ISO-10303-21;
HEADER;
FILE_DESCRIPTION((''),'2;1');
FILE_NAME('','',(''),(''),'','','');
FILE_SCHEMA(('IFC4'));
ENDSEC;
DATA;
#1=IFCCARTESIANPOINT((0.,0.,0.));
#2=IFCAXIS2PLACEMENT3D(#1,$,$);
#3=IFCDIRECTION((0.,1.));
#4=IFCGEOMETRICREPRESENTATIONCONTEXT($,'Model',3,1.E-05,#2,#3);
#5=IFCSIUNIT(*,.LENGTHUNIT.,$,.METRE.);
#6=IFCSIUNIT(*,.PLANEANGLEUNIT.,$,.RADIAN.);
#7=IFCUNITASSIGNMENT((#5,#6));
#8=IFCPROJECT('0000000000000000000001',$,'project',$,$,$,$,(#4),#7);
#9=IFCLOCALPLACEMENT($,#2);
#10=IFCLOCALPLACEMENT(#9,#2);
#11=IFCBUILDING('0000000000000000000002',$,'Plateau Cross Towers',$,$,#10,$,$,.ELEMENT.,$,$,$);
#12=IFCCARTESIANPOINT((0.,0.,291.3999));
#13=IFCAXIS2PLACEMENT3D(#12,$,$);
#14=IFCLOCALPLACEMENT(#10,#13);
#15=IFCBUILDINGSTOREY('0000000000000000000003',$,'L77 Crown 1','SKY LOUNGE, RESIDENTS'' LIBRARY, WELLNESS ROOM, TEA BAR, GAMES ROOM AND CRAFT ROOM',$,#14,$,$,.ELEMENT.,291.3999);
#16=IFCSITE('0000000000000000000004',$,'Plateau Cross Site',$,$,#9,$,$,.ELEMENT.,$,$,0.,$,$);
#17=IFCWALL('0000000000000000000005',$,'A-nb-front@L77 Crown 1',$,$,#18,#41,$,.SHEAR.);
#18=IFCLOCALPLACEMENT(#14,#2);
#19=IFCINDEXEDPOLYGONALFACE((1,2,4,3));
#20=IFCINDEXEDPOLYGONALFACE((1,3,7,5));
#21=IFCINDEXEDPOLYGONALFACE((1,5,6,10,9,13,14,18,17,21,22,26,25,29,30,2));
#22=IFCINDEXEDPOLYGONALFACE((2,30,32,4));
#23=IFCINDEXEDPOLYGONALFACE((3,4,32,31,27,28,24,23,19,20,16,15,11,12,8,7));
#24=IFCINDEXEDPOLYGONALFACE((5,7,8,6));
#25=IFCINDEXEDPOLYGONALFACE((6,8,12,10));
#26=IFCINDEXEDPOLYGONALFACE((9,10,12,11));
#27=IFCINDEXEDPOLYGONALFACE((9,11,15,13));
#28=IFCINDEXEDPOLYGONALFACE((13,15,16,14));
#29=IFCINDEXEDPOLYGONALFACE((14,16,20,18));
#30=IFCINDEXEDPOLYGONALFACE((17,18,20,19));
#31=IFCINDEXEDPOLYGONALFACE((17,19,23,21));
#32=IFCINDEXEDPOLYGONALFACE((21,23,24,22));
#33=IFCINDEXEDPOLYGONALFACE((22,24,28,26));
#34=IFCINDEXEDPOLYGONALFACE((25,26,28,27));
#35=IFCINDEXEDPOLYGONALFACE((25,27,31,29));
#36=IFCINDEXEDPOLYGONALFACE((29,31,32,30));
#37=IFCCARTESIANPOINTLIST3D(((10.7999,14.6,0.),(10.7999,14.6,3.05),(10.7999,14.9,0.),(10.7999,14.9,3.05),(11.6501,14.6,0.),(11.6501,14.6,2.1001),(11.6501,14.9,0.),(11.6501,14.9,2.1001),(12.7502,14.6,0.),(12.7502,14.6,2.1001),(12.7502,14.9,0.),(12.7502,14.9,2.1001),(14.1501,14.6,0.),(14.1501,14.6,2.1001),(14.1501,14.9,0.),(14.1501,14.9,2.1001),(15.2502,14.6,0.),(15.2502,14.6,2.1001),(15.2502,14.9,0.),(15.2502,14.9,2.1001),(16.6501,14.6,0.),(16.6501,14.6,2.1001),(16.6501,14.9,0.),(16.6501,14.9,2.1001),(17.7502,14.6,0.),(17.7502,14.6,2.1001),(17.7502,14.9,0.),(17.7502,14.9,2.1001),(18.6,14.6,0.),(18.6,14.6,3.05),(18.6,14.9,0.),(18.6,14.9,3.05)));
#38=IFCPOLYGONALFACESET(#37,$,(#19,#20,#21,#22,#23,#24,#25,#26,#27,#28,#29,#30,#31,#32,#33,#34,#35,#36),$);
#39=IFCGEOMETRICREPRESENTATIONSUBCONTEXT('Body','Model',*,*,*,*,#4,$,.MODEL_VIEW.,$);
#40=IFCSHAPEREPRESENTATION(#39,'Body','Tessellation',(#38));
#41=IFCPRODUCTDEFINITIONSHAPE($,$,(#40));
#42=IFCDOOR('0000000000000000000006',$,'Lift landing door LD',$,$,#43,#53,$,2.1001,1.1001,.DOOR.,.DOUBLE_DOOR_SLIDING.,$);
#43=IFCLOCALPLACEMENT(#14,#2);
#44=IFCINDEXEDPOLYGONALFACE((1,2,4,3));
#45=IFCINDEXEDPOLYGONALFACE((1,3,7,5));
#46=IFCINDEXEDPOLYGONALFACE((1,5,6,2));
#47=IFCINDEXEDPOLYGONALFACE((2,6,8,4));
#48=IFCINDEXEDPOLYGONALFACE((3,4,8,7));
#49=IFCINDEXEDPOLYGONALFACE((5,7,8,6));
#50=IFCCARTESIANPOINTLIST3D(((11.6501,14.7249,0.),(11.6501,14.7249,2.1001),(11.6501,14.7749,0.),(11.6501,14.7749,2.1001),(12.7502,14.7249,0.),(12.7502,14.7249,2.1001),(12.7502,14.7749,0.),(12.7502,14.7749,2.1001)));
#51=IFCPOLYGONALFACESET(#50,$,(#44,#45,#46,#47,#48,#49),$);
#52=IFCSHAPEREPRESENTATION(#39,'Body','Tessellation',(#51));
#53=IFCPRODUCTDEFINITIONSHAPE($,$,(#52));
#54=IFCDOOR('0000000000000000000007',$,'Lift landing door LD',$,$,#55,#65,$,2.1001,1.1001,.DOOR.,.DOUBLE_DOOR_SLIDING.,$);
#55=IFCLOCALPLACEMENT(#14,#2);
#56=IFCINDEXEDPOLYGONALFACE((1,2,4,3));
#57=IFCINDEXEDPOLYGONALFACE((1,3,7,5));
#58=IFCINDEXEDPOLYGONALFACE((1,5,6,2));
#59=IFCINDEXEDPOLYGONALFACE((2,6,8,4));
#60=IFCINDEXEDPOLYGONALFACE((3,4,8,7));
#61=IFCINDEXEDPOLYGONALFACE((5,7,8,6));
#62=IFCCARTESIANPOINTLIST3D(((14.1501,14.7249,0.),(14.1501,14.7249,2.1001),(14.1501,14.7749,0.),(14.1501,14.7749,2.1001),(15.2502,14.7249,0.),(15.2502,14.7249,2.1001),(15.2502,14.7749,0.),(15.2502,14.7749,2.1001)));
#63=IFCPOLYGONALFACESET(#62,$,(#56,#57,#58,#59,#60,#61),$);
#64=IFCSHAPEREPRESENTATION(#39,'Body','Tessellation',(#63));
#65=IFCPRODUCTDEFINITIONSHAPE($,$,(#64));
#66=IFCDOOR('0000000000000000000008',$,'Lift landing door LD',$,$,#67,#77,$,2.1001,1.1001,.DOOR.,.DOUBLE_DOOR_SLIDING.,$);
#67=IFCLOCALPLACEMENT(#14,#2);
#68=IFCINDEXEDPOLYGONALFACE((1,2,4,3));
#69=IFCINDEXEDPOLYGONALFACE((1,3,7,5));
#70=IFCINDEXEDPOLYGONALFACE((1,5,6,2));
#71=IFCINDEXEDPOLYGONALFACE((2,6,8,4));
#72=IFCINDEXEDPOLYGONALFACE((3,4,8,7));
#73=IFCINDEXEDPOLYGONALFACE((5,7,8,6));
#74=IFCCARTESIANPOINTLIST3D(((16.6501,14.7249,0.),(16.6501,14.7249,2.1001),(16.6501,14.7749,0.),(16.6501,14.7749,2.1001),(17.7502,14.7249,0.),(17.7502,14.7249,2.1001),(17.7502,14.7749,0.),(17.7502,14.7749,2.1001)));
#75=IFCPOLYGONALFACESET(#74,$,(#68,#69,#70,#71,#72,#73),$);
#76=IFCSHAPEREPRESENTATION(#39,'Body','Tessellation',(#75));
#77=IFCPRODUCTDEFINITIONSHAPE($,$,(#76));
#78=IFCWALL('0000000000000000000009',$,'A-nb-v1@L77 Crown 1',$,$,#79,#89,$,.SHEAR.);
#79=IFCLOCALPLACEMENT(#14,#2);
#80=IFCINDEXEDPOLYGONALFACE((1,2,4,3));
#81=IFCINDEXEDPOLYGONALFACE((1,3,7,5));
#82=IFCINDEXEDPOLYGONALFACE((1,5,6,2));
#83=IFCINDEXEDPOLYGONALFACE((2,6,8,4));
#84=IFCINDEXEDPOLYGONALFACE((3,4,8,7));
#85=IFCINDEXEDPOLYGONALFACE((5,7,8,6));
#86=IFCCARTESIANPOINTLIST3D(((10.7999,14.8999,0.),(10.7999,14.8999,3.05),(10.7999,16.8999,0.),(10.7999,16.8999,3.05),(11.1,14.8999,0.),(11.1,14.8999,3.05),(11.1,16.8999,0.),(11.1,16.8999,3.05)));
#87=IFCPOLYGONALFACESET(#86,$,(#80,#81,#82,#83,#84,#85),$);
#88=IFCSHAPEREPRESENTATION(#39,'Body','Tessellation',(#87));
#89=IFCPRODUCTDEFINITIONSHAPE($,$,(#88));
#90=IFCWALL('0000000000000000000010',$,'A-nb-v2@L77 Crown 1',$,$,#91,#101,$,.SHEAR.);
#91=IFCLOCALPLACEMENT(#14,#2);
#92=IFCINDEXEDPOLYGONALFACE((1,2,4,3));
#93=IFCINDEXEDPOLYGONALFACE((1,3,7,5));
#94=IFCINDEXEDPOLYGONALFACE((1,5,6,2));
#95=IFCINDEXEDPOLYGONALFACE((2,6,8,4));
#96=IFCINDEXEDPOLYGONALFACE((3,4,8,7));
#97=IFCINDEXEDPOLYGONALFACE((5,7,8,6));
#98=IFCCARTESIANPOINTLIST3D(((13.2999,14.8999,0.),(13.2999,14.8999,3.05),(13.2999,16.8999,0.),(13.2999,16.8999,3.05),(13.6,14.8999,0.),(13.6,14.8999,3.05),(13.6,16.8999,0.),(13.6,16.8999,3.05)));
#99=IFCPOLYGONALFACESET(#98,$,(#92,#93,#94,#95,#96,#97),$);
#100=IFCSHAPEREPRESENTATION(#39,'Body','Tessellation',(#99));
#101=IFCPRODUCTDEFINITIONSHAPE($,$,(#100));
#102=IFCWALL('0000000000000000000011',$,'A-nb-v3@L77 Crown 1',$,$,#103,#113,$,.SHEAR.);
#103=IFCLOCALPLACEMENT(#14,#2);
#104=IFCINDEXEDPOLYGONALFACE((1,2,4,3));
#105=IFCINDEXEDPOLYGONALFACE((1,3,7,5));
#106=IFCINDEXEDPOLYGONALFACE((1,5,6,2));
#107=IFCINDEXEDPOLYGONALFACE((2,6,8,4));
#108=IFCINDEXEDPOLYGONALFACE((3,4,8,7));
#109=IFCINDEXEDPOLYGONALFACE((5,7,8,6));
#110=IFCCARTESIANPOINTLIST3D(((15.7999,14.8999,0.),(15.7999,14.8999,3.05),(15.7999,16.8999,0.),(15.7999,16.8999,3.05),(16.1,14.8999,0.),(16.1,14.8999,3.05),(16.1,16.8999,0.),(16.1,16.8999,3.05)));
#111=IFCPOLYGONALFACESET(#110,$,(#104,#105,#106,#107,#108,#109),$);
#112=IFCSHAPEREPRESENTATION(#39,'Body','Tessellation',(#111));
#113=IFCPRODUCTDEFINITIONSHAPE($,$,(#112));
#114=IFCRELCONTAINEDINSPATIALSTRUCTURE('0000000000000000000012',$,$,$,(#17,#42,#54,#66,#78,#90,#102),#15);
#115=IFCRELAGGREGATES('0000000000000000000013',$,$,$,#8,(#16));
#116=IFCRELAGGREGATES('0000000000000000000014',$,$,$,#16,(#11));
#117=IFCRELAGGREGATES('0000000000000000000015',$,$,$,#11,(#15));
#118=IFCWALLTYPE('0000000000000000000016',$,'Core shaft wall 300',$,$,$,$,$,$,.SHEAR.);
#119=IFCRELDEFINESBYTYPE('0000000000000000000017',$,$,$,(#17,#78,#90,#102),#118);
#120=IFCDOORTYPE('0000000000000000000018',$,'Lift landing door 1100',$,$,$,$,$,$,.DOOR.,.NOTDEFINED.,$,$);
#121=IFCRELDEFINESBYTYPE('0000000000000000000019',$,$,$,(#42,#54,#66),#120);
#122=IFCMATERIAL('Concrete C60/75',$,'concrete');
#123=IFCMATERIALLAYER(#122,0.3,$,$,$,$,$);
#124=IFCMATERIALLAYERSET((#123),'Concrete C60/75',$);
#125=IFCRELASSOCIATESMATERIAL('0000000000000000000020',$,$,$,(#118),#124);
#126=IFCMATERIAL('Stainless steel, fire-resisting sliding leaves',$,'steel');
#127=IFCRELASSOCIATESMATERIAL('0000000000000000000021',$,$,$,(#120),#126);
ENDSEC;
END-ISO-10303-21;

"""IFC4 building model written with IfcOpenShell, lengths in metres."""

from ifc_helpers import new_model, si_unit, direction, frame, frame_2d, origin, place, context, subcontext, project, spatial, rectangle, extrude, material, layer, layer_set, type_object, element, fill, save


model = new_model("IFC4")

# Units and contexts
model_context = context("Model", 3, precision=1e-05, world=origin(), true_north=direction((0.0, 1.0)))
body_context = subcontext(model_context, "Body", "Model", "MODEL_VIEW")
ifc_project = project(units=[si_unit("LENGTHUNIT", "METRE"), si_unit("PLANEANGLEUNIT", "RADIAN")], contexts=[model_context])

# Site, building, storey
site_placement = place(None, origin())
site = spatial("IfcSite", under=ifc_project, at=site_placement, Name="Plateau Cross Site", CompositionType="ELEMENT", RefElevation=0.0)
building_placement = place(site_placement, origin())
building = spatial("IfcBuilding", under=site, at=building_placement, Name="Plateau Cross Towers", CompositionType="ELEMENT")
storey_placement = place(building_placement, frame((0.0, 0.0, 291.3999)))
storey = spatial("IfcBuildingStorey", under=building, at=storey_placement, Name="L77 Crown 1", Description="SKY LOUNGE, RESIDENTS' LIBRARY, WELLNESS ROOM, TEA BAR, GAMES ROOM AND CRAFT ROOM", CompositionType="ELEMENT", Elevation=291.3999)

# Shared definitions
ifc_material_1 = material(Name="Concrete C60/75", Category="concrete")
ifc_layer_1 = layer(ifc_material_1, 0.3)
ifc_layer_set_1 = layer_set([ifc_layer_1], Name="Concrete C60/75")
wall_type_1 = type_object("IfcWallType", Name="Core shaft wall 300", PredefinedType="SHEAR", material=ifc_layer_set_1)

# Wall, openings, doors
wall_1_placement = place(storey_placement, frame((10.8, 14.75, 0.0), z_axis=(0.0, 0.0, 1.0), x_axis=(1.0, 0.0, 0.0)))
wall_1 = element("IfcWall", 1, at=wall_1_placement, inside=storey, type_object=wall_type_1, Name="A-nb-front@L77 Crown 1", PredefinedType="SHEAR", context=body_context, shape_type="SweptSolid", body=[
    extrude(rectangle(XDim=7.8, YDim=0.3, at=frame_2d((3.8999, 0.0))), origin(), (0.0, 0.0, 1.0), 3.05),
])
opening_1_placement = place(wall_1_placement, frame((0.8501, 0.0, 0.0)))
opening_1 = element("IfcOpeningElement", 2, at=opening_1_placement, cuts=wall_1, PredefinedType="OPENING", context=body_context, shape_type="SweptSolid", body=[
    extrude(rectangle(XDim=1.1001, YDim=2.1001, at=frame_2d((0.55, 1.05))), frame((0.0, 0.1599, 0.0), z_axis=(0.0, -1.0, 0.0), x_axis=(1.0, 0.0, 0.0)), (0.0, 0.0, 1.0), 0.3201),
])
opening_2_placement = place(wall_1_placement, frame((3.3501, 0.0, 0.0)))
opening_2 = element("IfcOpeningElement", 3, at=opening_2_placement, cuts=wall_1, PredefinedType="OPENING", context=body_context, shape_type="SweptSolid", body=[
    extrude(rectangle(XDim=1.1001, YDim=2.1001, at=frame_2d((0.55, 1.05))), frame((0.0, 0.1599, 0.0), z_axis=(0.0, -1.0, 0.0), x_axis=(1.0, 0.0, 0.0)), (0.0, 0.0, 1.0), 0.3201),
])
opening_3_placement = place(wall_1_placement, frame((5.8501, 0.0, 0.0)))
opening_3 = element("IfcOpeningElement", 4, at=opening_3_placement, cuts=wall_1, PredefinedType="OPENING", context=body_context, shape_type="SweptSolid", body=[
    extrude(rectangle(XDim=1.1001, YDim=2.1001, at=frame_2d((0.55, 1.05))), frame((0.0, 0.1599, 0.0), z_axis=(0.0, -1.0, 0.0), x_axis=(1.0, 0.0, 0.0)), (0.0, 0.0, 1.0), 0.3201),
])
ifc_material_2 = material(Name="Stainless steel, fire-resisting sliding leaves", Category="steel")
door_type_1 = type_object("IfcDoorType", Name="Lift landing door 1100", OperationType="NOTDEFINED", PredefinedType="DOOR", material=ifc_material_2)
door_1_placement = place(opening_1_placement, origin())
door_1 = element("IfcDoor", 5, at=door_1_placement, inside=storey, type_object=door_type_1, Name="Lift landing door LD", OperationType="DOUBLE_DOOR_SLIDING", OverallHeight=2.1001, OverallWidth=1.1001, PredefinedType="DOOR", context=body_context, shape_type="SweptSolid", body=[
    extrude(rectangle(XDim=1.1001, YDim=2.1001, at=frame_2d((0.55, 1.05))), frame((0.0, 0.0249, 0.0), z_axis=(0.0, -1.0, 0.0), x_axis=(1.0, 0.0, 0.0)), (0.0, 0.0, 1.0), 0.05),
])
fill(opening_1, door_1)
door_2_placement = place(opening_2_placement, origin())
door_2 = element("IfcDoor", 6, at=door_2_placement, inside=storey, type_object=door_type_1, Name="Lift landing door LD", OperationType="DOUBLE_DOOR_SLIDING", OverallHeight=2.1001, OverallWidth=1.1001, PredefinedType="DOOR", context=body_context, shape_type="SweptSolid", body=[
    extrude(rectangle(XDim=1.1001, YDim=2.1001, at=frame_2d((0.55, 1.05))), frame((0.0, 0.0249, 0.0), z_axis=(0.0, -1.0, 0.0), x_axis=(1.0, 0.0, 0.0)), (0.0, 0.0, 1.0), 0.05),
])
fill(opening_2, door_2)
door_3_placement = place(opening_3_placement, origin())
door_3 = element("IfcDoor", 7, at=door_3_placement, inside=storey, type_object=door_type_1, Name="Lift landing door LD", OperationType="DOUBLE_DOOR_SLIDING", OverallHeight=2.1001, OverallWidth=1.1001, PredefinedType="DOOR", context=body_context, shape_type="SweptSolid", body=[
    extrude(rectangle(XDim=1.1001, YDim=2.1001, at=frame_2d((0.55, 1.05))), frame((0.0, 0.0249, 0.0), z_axis=(0.0, -1.0, 0.0), x_axis=(1.0, 0.0, 0.0)), (0.0, 0.0, 1.0), 0.05),
])
fill(opening_3, door_3)

# Walls
for number, where, z_axis, x_axis, name in (
    (8, (10.95, 14.8999, 0.0), (0.0, 0.0, 1.0), (0.0, 1.0, 0.0), "A-nb-v1@L77 Crown 1"),
    (9, (13.45, 14.8999, 0.0), (0.0, 0.0, 1.0), (0.0, 1.0, 0.0), "A-nb-v2@L77 Crown 1"),
    (10, (15.95, 14.8999, 0.0), (0.0, 0.0, 1.0), (0.0, 1.0, 0.0), "A-nb-v3@L77 Crown 1"),
):
    element("IfcWall", number, at=place(storey_placement, frame(where, z_axis=z_axis, x_axis=x_axis)), inside=storey, type_object=wall_type_1, Name=name, PredefinedType="SHEAR", context=body_context, shape_type="SweptSolid", body=[
        extrude(rectangle(XDim=2.0, YDim=0.3, at=frame_2d((1.0, 0.0))), origin(), (0.0, 0.0, 1.0), 3.05),
    ])

save(model, "model.ifc")
